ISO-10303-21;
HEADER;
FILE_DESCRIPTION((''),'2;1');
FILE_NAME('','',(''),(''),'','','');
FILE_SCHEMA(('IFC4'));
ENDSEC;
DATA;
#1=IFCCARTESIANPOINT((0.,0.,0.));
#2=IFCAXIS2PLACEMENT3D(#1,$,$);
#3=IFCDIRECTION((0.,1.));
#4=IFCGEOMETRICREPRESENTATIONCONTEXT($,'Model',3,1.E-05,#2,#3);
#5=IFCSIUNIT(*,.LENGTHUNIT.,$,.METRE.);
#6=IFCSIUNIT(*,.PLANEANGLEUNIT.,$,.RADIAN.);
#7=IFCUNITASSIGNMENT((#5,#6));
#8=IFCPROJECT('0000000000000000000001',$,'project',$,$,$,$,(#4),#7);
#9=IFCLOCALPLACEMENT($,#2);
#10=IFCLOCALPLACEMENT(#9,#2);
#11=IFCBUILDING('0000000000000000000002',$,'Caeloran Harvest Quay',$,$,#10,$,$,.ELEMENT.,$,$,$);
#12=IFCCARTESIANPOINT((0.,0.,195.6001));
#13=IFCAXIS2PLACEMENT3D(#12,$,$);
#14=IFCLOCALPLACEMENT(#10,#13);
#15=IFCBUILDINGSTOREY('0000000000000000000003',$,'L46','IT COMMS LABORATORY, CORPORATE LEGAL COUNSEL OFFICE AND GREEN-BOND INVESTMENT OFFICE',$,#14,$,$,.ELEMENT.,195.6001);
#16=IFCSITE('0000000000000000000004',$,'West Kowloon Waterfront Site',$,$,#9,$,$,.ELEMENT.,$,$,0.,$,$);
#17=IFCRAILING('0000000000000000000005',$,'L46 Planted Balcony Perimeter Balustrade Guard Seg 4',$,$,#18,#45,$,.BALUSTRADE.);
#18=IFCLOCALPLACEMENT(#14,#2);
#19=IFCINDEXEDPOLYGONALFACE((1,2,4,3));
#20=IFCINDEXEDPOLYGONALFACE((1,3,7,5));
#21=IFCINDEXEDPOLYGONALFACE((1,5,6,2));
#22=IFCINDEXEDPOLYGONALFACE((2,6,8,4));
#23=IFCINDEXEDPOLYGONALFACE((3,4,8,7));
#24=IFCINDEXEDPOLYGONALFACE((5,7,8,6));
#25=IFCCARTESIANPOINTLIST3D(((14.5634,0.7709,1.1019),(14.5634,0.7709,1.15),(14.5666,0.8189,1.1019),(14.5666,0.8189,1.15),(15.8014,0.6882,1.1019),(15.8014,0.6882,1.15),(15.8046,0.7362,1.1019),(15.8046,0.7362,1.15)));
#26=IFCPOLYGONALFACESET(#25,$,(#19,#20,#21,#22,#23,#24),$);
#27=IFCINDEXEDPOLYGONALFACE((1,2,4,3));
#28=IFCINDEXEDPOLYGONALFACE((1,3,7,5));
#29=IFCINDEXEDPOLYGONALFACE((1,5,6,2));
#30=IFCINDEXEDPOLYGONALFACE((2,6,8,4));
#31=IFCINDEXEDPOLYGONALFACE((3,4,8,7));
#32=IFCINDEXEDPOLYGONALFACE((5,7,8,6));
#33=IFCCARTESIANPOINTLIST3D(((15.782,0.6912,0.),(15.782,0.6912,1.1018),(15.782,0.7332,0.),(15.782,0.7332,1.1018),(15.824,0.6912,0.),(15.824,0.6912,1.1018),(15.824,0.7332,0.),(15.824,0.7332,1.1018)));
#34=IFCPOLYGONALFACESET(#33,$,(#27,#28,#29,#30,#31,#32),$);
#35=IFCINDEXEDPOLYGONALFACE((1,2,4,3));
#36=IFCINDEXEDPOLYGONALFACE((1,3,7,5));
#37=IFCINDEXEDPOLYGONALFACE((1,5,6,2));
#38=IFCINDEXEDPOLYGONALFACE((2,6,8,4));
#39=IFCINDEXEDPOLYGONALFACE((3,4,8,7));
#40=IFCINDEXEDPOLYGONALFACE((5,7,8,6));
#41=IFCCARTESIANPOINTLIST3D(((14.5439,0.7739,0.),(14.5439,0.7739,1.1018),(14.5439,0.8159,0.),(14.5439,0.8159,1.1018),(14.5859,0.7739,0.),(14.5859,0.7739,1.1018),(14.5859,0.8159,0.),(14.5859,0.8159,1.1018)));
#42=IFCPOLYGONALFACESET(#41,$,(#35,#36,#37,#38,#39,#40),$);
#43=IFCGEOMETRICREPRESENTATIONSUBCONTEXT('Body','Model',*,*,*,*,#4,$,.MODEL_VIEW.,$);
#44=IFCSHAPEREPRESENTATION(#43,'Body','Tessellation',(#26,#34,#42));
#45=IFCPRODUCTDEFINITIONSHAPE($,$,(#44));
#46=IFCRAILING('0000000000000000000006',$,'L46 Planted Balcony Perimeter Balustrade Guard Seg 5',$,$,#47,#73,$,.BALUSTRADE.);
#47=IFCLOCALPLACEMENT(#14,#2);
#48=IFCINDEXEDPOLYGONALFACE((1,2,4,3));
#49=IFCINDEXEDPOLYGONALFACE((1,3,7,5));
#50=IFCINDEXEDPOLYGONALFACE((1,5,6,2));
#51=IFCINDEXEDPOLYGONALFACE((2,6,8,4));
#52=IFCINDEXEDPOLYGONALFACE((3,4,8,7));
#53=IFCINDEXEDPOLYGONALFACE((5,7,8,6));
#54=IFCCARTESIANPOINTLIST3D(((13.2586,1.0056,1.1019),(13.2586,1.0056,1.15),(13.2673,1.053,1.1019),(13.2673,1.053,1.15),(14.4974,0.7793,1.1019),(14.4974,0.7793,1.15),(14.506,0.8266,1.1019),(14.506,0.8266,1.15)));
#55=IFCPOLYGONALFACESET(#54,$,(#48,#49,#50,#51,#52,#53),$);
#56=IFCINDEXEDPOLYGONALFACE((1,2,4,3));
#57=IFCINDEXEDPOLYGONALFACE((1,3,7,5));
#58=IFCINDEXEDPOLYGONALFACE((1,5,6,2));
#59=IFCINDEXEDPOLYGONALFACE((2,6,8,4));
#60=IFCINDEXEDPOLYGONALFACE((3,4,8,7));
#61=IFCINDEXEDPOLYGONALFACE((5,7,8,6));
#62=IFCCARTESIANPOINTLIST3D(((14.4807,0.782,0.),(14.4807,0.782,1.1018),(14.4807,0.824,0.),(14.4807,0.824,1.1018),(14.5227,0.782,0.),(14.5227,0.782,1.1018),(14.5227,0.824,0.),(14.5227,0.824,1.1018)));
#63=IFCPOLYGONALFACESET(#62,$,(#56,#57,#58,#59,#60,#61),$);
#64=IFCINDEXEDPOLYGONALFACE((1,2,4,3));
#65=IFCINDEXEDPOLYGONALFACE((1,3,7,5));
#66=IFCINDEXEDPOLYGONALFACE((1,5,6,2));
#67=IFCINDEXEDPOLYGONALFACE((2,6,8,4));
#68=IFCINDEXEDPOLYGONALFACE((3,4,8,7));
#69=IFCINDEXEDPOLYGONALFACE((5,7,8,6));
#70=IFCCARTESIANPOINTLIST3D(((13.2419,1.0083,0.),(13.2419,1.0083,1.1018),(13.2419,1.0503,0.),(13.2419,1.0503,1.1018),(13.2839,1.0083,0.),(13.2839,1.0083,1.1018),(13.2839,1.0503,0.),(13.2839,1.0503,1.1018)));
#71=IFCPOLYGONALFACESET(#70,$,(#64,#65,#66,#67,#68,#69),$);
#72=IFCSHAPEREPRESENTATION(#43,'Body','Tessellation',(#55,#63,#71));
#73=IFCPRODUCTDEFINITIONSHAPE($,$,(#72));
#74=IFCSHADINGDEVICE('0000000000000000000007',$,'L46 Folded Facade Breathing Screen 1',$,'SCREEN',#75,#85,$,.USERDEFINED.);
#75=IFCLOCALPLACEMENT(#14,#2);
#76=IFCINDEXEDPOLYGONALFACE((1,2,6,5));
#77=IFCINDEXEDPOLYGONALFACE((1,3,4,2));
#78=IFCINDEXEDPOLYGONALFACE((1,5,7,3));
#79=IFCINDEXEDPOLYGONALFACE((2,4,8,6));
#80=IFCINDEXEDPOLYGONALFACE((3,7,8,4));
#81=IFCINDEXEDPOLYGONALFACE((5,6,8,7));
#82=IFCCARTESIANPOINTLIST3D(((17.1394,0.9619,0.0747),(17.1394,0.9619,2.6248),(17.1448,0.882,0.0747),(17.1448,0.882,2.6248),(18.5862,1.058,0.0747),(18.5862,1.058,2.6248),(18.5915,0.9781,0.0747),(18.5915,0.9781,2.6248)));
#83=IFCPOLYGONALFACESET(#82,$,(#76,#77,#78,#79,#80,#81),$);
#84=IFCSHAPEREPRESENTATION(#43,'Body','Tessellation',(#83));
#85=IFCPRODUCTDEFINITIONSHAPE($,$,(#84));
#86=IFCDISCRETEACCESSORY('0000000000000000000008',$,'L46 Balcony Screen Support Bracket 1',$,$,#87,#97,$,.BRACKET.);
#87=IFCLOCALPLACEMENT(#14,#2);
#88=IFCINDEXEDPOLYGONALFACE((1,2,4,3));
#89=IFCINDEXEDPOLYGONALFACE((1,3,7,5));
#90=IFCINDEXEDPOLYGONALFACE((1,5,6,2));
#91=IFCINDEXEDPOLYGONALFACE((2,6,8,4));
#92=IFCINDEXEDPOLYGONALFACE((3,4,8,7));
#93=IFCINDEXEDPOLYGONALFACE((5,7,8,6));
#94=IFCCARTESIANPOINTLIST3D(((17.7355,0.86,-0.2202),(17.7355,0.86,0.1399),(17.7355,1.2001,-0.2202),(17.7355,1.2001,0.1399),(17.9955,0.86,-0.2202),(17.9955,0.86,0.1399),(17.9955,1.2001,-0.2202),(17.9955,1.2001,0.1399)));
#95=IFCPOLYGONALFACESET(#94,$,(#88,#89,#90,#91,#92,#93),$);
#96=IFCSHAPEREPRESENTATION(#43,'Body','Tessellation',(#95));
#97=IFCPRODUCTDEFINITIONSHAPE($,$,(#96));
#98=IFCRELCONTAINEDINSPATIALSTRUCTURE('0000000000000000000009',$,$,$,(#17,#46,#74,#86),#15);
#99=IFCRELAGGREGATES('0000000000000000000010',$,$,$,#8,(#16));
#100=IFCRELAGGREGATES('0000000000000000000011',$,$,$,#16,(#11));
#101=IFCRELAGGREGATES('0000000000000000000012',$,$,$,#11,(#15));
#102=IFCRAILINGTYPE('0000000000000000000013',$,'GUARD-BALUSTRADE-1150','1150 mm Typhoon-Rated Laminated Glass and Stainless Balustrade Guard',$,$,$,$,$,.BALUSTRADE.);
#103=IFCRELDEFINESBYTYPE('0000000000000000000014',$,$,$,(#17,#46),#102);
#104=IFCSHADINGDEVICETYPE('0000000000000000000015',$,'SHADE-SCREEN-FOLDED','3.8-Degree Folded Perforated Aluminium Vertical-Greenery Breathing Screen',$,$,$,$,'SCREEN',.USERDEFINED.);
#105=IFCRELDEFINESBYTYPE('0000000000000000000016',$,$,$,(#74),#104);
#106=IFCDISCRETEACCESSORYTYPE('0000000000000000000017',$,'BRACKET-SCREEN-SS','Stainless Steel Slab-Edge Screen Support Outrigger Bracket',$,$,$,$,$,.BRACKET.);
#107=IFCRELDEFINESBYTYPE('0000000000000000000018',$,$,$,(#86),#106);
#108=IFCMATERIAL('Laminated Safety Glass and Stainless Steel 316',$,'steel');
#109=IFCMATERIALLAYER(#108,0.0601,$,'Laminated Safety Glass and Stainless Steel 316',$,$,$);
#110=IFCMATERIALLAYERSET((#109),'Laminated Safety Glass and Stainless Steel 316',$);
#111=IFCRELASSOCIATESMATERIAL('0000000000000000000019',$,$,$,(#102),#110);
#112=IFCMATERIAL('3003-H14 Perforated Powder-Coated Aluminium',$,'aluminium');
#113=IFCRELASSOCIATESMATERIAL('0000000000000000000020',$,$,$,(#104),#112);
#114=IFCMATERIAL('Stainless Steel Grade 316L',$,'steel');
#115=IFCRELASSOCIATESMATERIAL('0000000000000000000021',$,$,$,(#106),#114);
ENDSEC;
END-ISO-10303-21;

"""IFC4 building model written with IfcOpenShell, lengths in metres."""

from ifc_helpers import new_model, si_unit, direction, frame, origin, origin_2d, place, context, subcontext, project, spatial, rectangle, extrude, material, layer, layer_set, type_object, element, save


model = new_model("IFC4")

# Units and contexts
model_context = context("Model", 3, precision=1e-05, world=origin(), true_north=direction((0.0, 1.0)))
body_context = subcontext(model_context, "Body", "Model", "MODEL_VIEW")
ifc_project = project(units=[si_unit("LENGTHUNIT", "METRE"), si_unit("PLANEANGLEUNIT", "RADIAN")], contexts=[model_context])

# Site, building, storey
site_placement = place(None, origin())
site = spatial("IfcSite", under=ifc_project, at=site_placement, Name="West Kowloon Waterfront Site", CompositionType="ELEMENT", RefElevation=0.0)
building_placement = place(site_placement, origin())
building = spatial("IfcBuilding", under=site, at=building_placement, Name="Caeloran Harvest Quay", CompositionType="ELEMENT")
storey_placement = place(building_placement, frame((0.0, 0.0, 195.6001)))
storey = spatial("IfcBuildingStorey", under=building, at=storey_placement, Name="L46", Description="IT COMMS LABORATORY, CORPORATE LEGAL COUNSEL OFFICE AND GREEN-BOND INVESTMENT OFFICE", CompositionType="ELEMENT", Elevation=195.6001)

# Railings
ifc_material_1 = material(Name="Laminated Safety Glass and Stainless Steel 316", Category="steel")
ifc_layer_1 = layer(ifc_material_1, 0.0601, Name="Laminated Safety Glass and Stainless Steel 316")
ifc_layer_set_1 = layer_set([ifc_layer_1], Name="Laminated Safety Glass and Stainless Steel 316")
railing_type = type_object("IfcRailingType", Name="GUARD-BALUSTRADE-1150", Description="1150 mm Typhoon-Rated Laminated Glass and Stainless Balustrade Guard", PredefinedType="BALUSTRADE", material=ifc_layer_set_1)
railing_1_placement = place(storey_placement, frame((15.803, 0.7122, 0.0)))
element("IfcRailing", 1, at=railing_1_placement, inside=storey, type_object=railing_type, Name="L46 Planted Balcony Perimeter Balustrade Guard Seg 4", PredefinedType="BALUSTRADE", context=body_context, shape_type="SweptSolid", body=[
    extrude(rectangle(XDim=0.0481, YDim=0.0481, at=origin_2d()), frame((0.0, 0.0, 1.126), z_axis=(-0.997773, 0.066702, 0.0), x_axis=(-0.066702, -0.997773, 0.0)), (0.0, 0.0, 1.0), 1.2407),
    extrude(rectangle(XDim=0.042, YDim=0.042, at=origin_2d()), origin(), (0.0, 0.0, 1.0), 1.1018),
    extrude(rectangle(XDim=0.042, YDim=0.042, at=origin_2d()), frame((-1.238, 0.0828, 0.0)), (0.0, 0.0, 1.0), 1.1018),
])
railing_2_placement = place(storey_placement, frame((14.5017, 0.803, 0.0)))
element("IfcRailing", 2, at=railing_2_placement, inside=storey, type_object=railing_type, Name="L46 Planted Balcony Perimeter Balustrade Guard Seg 5", PredefinedType="BALUSTRADE", context=body_context, shape_type="SweptSolid", body=[
    extrude(rectangle(XDim=0.0481, YDim=0.0481, at=origin_2d()), frame((0.0, 0.0, 1.126), z_axis=(-0.983718, 0.179721, 0.0), x_axis=(-0.179721, -0.983718, 0.0)), (0.0, 0.0, 1.0), 1.2593),
    extrude(rectangle(XDim=0.042, YDim=0.042, at=origin_2d()), origin(), (0.0, 0.0, 1.0), 1.1018),
    extrude(rectangle(XDim=0.042, YDim=0.042, at=origin_2d()), frame((-1.2388, 0.2263, 0.0)), (0.0, 0.0, 1.0), 1.1018),
])

# Shading device
ifc_material_2 = material(Name="3003-H14 Perforated Powder-Coated Aluminium", Category="aluminium")
shading_device_type = type_object("IfcShadingDeviceType", Name="SHADE-SCREEN-FOLDED", Description="3.8-Degree Folded Perforated Aluminium Vertical-Greenery Breathing Screen", ElementType="SCREEN", PredefinedType="USERDEFINED", material=ifc_material_2)
shading_device_placement = place(storey_placement, frame((17.8655, 0.97, 0.0747), z_axis=(0.0, 0.0, 1.0), x_axis=(0.997801, 0.066274, 0.0)))
element("IfcShadingDevice", 3, at=shading_device_placement, inside=storey, type_object=shading_device_type, Name="L46 Folded Facade Breathing Screen 1", ObjectType="SCREEN", PredefinedType="USERDEFINED", context=body_context, shape_type="SweptSolid", body=[
    extrude(rectangle(XDim=1.45, YDim=0.0801, at=origin_2d()), origin(), (0.0, 0.0, 1.0), 2.55),
])

# Discrete accessory
ifc_material_3 = material(Name="Stainless Steel Grade 316L", Category="steel")
discrete_accessory_type = type_object("IfcDiscreteAccessoryType", Name="BRACKET-SCREEN-SS", Description="Stainless Steel Slab-Edge Screen Support Outrigger Bracket", PredefinedType="BRACKET", material=ifc_material_3)
discrete_accessory_placement = place(storey_placement, frame((17.8655, 1.03, -0.2202), z_axis=(0.0, 0.0, 1.0), x_axis=(1.0, 0.0, 0.0)))
element("IfcDiscreteAccessory", 4, at=discrete_accessory_placement, inside=storey, type_object=discrete_accessory_type, Name="L46 Balcony Screen Support Bracket 1", PredefinedType="BRACKET", context=body_context, shape_type="SweptSolid", body=[
    extrude(rectangle(XDim=0.26, YDim=0.3401, at=origin_2d()), origin(), (0.0, 0.0, 1.0), 0.3601),
])

save(model, "model.ifc")
